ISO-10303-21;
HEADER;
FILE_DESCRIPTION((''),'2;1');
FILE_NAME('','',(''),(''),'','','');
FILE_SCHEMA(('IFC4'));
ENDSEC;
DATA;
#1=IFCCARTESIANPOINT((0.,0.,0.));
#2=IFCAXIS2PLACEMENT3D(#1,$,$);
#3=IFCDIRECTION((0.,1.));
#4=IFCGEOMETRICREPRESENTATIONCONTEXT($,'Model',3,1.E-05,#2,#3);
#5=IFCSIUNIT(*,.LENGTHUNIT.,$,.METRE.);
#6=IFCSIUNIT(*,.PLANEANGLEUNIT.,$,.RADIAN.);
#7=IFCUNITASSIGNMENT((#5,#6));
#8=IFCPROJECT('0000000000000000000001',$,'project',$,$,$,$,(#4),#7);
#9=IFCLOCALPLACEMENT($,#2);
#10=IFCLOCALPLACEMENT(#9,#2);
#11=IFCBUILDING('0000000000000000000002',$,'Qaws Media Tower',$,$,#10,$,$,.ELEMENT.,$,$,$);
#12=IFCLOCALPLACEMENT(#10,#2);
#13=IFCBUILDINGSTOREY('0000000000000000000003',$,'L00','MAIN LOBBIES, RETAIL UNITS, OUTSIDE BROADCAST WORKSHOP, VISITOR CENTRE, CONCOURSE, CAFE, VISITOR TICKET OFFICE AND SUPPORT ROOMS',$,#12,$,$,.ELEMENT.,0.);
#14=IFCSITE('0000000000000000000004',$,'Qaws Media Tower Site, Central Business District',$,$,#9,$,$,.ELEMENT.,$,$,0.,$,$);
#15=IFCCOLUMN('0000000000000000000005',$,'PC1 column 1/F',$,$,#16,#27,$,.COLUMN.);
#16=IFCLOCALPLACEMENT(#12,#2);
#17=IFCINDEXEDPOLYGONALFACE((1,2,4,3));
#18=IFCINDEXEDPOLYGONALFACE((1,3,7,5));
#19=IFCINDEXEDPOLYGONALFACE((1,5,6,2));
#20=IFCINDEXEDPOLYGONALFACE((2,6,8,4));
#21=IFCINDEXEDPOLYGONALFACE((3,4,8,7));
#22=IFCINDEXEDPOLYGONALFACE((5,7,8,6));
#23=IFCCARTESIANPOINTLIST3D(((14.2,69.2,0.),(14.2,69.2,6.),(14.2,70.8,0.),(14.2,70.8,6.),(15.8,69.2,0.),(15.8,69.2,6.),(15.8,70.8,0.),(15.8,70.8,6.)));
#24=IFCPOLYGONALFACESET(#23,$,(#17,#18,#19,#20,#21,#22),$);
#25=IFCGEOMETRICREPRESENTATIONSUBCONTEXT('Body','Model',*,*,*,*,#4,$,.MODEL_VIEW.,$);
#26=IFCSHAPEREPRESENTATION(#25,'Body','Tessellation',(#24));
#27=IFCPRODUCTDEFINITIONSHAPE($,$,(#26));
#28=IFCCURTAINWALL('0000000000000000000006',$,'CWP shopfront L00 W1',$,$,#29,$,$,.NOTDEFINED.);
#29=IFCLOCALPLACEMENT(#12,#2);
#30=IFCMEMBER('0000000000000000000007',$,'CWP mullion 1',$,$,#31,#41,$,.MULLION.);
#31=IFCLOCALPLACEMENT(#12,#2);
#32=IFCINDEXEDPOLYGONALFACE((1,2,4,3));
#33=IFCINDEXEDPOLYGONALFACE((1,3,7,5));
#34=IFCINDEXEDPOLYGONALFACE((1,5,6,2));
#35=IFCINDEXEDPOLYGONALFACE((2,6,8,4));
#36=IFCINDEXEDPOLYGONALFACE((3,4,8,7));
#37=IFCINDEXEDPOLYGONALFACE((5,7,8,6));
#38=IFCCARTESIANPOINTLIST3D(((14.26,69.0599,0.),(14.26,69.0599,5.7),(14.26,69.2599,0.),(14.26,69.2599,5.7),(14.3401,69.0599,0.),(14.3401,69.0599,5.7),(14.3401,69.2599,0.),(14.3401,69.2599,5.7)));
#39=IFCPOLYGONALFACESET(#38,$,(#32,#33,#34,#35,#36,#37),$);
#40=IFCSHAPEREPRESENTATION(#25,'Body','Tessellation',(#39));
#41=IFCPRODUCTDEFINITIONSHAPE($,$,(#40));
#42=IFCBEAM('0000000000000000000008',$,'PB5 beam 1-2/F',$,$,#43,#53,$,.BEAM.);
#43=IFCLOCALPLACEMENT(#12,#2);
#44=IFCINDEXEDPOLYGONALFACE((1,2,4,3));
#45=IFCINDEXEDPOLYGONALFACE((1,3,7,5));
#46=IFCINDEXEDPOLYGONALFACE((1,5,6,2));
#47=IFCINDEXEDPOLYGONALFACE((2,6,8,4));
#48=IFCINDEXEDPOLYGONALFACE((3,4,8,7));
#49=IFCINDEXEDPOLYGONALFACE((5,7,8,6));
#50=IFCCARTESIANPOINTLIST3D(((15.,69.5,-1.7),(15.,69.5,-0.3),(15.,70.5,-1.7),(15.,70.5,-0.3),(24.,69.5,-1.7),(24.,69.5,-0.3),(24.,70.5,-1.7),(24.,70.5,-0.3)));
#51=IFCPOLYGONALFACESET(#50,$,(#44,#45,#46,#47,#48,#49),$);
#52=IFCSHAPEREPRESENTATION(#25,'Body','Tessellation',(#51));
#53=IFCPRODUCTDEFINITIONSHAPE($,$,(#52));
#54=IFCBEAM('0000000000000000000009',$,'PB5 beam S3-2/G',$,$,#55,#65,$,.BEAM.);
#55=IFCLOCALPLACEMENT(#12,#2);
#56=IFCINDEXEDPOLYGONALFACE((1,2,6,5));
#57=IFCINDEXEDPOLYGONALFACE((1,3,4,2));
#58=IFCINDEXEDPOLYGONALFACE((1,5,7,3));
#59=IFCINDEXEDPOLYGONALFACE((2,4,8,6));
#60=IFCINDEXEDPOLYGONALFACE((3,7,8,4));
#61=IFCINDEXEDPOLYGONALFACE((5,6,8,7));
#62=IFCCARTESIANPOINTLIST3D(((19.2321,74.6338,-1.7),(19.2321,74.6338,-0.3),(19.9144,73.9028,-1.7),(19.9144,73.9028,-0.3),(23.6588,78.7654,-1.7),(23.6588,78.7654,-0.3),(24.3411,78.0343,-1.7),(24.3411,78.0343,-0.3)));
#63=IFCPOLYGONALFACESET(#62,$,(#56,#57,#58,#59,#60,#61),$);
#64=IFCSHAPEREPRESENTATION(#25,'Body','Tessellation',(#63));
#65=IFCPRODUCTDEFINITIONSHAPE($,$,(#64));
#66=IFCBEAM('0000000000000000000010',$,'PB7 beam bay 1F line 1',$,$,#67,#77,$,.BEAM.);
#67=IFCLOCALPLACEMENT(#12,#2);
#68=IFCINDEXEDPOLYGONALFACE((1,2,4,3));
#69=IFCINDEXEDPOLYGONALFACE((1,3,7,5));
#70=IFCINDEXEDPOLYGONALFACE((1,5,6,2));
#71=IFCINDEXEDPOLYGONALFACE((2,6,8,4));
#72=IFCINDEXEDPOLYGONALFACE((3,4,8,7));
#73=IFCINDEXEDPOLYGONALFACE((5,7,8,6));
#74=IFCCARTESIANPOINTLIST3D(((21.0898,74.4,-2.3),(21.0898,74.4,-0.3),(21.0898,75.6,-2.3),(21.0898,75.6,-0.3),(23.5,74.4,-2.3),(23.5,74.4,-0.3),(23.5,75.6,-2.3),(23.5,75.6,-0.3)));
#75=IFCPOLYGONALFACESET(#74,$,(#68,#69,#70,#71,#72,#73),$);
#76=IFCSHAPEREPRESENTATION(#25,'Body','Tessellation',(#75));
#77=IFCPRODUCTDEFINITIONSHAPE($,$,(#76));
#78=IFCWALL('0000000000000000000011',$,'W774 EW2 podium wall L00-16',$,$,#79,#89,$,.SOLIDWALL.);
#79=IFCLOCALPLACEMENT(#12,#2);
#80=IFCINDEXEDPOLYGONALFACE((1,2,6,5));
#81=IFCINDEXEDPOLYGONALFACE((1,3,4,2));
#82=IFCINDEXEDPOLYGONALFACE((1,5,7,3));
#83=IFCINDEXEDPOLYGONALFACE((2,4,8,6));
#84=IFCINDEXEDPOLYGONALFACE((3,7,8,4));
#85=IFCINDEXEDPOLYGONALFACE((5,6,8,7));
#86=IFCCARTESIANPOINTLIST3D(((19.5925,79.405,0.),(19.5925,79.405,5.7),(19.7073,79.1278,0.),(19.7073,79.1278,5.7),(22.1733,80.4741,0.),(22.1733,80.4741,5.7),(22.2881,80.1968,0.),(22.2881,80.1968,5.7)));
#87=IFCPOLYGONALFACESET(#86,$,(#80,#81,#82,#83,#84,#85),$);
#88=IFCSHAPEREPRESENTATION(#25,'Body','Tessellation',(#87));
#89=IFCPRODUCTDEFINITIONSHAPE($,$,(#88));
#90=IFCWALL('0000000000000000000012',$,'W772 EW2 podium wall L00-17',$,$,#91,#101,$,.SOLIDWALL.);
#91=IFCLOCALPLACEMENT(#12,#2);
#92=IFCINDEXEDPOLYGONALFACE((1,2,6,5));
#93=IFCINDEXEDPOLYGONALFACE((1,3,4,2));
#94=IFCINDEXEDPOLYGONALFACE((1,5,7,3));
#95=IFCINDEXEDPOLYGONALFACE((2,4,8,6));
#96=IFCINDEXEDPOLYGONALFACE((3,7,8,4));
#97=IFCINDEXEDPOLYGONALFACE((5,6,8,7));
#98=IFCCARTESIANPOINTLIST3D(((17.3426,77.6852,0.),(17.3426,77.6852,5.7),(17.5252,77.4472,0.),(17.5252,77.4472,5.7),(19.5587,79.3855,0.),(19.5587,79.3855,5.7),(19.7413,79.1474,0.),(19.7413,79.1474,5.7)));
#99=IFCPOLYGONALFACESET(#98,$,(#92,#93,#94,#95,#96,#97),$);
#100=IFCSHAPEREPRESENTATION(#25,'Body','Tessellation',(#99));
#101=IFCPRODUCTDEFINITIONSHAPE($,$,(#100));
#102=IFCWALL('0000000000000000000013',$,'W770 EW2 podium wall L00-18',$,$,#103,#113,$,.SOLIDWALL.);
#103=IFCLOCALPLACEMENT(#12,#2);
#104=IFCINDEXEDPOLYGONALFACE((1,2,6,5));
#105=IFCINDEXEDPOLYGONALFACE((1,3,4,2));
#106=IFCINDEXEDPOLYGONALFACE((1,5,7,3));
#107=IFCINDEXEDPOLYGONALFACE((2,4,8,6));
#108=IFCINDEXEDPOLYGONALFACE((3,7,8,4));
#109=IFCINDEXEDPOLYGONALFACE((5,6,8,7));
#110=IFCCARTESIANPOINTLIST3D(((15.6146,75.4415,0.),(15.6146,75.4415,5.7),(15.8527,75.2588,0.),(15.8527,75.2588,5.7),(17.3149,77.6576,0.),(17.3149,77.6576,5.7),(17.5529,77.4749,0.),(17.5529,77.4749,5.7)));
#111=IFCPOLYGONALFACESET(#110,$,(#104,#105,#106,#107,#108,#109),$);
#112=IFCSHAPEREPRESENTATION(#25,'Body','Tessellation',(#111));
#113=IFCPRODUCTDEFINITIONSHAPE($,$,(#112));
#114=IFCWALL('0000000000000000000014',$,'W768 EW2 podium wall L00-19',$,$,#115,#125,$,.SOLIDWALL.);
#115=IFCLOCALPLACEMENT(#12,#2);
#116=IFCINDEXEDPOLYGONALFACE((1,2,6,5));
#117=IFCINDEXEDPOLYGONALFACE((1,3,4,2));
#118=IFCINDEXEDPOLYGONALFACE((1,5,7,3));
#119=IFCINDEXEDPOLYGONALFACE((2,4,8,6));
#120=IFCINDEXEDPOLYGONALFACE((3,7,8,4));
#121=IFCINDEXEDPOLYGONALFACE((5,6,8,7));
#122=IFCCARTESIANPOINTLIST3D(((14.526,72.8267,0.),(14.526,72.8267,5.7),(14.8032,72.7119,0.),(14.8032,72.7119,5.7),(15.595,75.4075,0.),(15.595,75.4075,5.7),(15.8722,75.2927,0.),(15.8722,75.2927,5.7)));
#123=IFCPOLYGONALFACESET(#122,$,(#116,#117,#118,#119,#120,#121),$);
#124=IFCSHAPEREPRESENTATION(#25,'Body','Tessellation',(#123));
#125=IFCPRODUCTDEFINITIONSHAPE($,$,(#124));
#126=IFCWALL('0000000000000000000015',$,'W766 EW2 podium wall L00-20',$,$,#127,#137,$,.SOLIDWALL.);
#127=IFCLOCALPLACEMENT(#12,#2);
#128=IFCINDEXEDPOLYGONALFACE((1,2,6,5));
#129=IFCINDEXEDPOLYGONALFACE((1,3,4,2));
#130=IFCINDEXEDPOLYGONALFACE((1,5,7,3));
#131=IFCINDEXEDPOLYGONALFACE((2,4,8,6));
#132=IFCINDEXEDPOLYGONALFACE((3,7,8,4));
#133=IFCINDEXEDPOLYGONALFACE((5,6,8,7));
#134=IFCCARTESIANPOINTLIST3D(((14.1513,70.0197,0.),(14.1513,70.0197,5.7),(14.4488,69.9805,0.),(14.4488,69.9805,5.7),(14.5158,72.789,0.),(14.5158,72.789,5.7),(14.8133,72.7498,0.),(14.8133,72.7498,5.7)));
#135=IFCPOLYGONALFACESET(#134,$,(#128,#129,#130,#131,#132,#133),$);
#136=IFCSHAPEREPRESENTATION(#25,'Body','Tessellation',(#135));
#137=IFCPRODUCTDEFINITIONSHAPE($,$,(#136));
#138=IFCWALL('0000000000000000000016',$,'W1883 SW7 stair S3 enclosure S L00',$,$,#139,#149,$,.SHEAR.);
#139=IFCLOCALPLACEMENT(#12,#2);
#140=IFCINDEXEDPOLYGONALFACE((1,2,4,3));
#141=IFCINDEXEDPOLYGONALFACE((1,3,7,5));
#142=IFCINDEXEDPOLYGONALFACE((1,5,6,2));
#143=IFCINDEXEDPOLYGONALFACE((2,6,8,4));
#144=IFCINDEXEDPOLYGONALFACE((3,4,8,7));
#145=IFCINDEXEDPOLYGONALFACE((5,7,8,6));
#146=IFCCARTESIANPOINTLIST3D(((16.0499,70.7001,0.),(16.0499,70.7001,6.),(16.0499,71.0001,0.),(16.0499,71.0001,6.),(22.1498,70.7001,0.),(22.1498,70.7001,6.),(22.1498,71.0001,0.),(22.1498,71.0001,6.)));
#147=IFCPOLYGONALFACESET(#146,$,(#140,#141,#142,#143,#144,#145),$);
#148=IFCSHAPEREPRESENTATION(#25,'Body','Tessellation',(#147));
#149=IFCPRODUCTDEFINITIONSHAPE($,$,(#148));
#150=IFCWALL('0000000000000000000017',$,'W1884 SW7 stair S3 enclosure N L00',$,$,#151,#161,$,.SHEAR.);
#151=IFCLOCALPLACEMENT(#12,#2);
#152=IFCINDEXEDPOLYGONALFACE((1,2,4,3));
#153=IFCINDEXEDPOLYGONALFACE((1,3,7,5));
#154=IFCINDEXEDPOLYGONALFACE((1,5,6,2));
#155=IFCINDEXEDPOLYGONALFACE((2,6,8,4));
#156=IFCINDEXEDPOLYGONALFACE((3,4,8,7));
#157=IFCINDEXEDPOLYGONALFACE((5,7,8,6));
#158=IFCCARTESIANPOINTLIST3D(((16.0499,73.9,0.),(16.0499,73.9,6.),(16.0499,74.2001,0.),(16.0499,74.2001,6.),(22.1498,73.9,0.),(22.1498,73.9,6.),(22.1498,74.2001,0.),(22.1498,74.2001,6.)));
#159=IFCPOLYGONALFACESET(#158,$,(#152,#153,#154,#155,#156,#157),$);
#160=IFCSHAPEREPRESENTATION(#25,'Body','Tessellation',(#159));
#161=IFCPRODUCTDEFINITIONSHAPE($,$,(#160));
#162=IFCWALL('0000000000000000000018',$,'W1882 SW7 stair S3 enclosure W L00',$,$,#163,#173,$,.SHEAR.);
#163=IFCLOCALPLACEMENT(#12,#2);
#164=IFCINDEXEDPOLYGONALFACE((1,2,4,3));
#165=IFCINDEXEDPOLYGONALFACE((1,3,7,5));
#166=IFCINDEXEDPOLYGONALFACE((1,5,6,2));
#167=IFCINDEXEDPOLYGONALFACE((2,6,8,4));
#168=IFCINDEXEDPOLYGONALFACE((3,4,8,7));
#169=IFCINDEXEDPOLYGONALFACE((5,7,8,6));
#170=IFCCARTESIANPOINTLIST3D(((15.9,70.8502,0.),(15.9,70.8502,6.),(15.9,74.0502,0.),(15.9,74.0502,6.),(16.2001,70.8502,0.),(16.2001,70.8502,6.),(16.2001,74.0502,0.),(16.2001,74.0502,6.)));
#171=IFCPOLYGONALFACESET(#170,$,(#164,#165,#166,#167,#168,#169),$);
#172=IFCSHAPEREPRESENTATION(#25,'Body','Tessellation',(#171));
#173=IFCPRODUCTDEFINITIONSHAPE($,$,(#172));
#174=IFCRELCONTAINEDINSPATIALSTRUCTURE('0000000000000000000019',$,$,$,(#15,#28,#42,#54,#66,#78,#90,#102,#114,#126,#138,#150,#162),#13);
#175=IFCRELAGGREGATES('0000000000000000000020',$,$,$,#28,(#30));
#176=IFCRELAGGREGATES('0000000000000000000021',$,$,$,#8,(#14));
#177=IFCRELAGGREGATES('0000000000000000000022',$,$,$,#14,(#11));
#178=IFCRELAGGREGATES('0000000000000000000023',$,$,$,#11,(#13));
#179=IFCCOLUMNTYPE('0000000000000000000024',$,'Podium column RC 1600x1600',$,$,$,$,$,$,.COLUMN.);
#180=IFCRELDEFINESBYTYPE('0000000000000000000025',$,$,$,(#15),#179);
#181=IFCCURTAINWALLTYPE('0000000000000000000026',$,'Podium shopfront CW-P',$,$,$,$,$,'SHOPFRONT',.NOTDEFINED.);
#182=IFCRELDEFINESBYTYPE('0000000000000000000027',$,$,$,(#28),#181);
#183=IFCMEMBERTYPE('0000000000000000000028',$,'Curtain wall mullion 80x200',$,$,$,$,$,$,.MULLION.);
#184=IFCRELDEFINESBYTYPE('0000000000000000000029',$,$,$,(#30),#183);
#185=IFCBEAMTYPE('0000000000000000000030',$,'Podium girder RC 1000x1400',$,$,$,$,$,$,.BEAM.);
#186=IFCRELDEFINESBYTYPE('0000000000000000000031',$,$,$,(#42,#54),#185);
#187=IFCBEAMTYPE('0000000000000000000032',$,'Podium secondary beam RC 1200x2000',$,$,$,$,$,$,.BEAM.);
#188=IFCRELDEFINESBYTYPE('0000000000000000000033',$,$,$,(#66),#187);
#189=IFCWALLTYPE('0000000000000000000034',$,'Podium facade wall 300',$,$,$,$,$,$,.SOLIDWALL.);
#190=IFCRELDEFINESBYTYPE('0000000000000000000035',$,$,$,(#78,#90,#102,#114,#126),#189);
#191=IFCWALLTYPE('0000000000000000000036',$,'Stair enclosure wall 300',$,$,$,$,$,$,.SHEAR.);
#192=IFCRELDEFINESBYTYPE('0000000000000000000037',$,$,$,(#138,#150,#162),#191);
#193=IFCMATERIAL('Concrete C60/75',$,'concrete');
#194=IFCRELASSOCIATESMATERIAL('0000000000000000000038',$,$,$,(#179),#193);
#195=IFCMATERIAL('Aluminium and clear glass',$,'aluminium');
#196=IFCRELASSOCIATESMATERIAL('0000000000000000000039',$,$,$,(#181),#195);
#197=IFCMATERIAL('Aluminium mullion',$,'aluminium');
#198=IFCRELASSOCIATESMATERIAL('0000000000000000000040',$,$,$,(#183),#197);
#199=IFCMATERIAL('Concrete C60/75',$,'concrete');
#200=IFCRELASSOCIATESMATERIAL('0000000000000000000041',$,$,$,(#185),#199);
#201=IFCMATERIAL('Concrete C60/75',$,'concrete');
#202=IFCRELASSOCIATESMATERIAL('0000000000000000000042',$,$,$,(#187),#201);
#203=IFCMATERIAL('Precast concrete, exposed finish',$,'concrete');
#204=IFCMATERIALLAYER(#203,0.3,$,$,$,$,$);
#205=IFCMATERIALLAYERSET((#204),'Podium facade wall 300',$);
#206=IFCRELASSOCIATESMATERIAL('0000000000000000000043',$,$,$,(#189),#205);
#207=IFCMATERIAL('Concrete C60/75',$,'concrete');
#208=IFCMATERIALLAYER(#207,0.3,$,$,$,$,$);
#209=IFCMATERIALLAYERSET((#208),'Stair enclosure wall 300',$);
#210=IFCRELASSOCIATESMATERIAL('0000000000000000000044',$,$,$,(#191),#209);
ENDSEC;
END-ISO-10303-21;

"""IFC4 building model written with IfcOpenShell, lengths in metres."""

from ifc_helpers import new_model, si_unit, direction, frame, frame_2d, origin, origin_2d, place, context, subcontext, project, spatial, rectangle, extrude, material, layer, layer_set, material_profile, profile_set, type_object, element, aggregate, save


model = new_model("IFC4")

# Units and contexts
model_context = context("Model", 3, precision=1e-05, world=origin(), true_north=direction((0.0, 1.0)))
body_context = subcontext(model_context, "Body", "Model", "MODEL_VIEW")
ifc_project = project(units=[si_unit("LENGTHUNIT", "METRE"), si_unit("PLANEANGLEUNIT", "RADIAN")], contexts=[model_context])

# Site, building, storey
site_placement = place(None, origin())
site = spatial("IfcSite", under=ifc_project, at=site_placement, Name="Qaws Media Tower Site, Central Business District", CompositionType="ELEMENT", RefElevation=0.0)
building_placement = place(site_placement, origin())
building = spatial("IfcBuilding", under=site, at=building_placement, Name="Qaws Media Tower", CompositionType="ELEMENT")
storey_placement = place(building_placement, origin())
storey = spatial("IfcBuildingStorey", under=building, at=storey_placement, Name="L00", Description="MAIN LOBBIES, RETAIL UNITS, OUTSIDE BROADCAST WORKSHOP, VISITOR CENTRE, CONCOURSE, CAFE, VISITOR TICKET OFFICE AND SUPPORT ROOMS", CompositionType="ELEMENT", Elevation=0.0)

# Column
ifc_material_1 = material(Name="Concrete C60/75", Category="concrete")
ifc_material_profile_1 = material_profile(ifc_material_1, rectangle(XDim=1.6001, YDim=1.6001, at=origin_2d()), Name="RC 1600x1600")
ifc_profile_set_1 = profile_set([ifc_material_profile_1], Name="Concrete C60/75")
column_type = type_object("IfcColumnType", Name="Podium column RC 1600x1600", PredefinedType="COLUMN", material=ifc_profile_set_1)
column_placement = place(storey_placement, frame((15.0, 70.0, 0.0), z_axis=(0.0, 0.0, 1.0), x_axis=(1.0, 0.0, 0.0)))
element("IfcColumn", 1, at=column_placement, inside=storey, type_object=column_type, Name="PC1 column 1/F", PredefinedType="COLUMN", context=body_context, shape_type="SweptSolid", body=[
    extrude(rectangle(XDim=1.6001, YDim=1.6001, at=origin_2d()), origin(), (0.0, 0.0, 1.0), 6.0),
])

# Curtain wall, member
ifc_material_2 = material(Name="Aluminium and clear glass", Category="aluminium")
curtain_wall_type = type_object("IfcCurtainWallType", Name="Podium shopfront CW-P", ElementType="SHOPFRONT", PredefinedType="NOTDEFINED", material=ifc_material_2)
curtain_wall_placement = place(storey_placement, origin())
curtain_wall = element("IfcCurtainWall", 2, at=curtain_wall_placement, inside=storey, type_object=curtain_wall_type, Name="CWP shopfront L00 W1", PredefinedType="NOTDEFINED")
ifc_material_3 = material(Name="Aluminium mullion", Category="aluminium")
ifc_material_profile_2 = material_profile(ifc_material_3, rectangle(XDim=0.0801, YDim=0.2, at=origin_2d()), Name="80x200")
ifc_profile_set_2 = profile_set([ifc_material_profile_2], Name="Aluminium mullion")
member_type = type_object("IfcMemberType", Name="Curtain wall mullion 80x200", PredefinedType="MULLION", material=ifc_profile_set_2)
member_placement = place(storey_placement, frame((14.3, 69.1599, 0.0), z_axis=(0.0, 0.0, 1.0), x_axis=(1.0, 0.0, 0.0)))
member = element("IfcMember", 3, at=member_placement, type_object=member_type, Name="CWP mullion 1", PredefinedType="MULLION", context=body_context, shape_type="SweptSolid", body=[
    extrude(rectangle(XDim=0.0801, YDim=0.2, at=origin_2d()), origin(), (0.0, 0.0, 1.0), 5.7),
])
aggregate(curtain_wall, [member])

# Beams
ifc_material_4 = material(Name="Concrete C60/75", Category="concrete")
ifc_material_profile_3 = material_profile(ifc_material_4, rectangle(XDim=1.0, YDim=1.3999, at=origin_2d()), Name="RC 1000x1400")
ifc_profile_set_3 = profile_set([ifc_material_profile_3], Name="Concrete C60/75")
beam_type_1 = type_object("IfcBeamType", Name="Podium girder RC 1000x1400", PredefinedType="BEAM", material=ifc_profile_set_3)
beam_1_placement = place(storey_placement, frame((15.0, 70.0, -1.0), z_axis=(1.0, 0.0, 0.0), x_axis=(0.0, 1.0, 0.0)))
element("IfcBeam", 4, at=beam_1_placement, inside=storey, type_object=beam_type_1, Name="PB5 beam 1-2/F", PredefinedType="BEAM", context=body_context, shape_type="SweptSolid", body=[
    extrude(rectangle(XDim=1.0, YDim=1.3999, at=origin_2d()), origin(), (0.0, 0.0, 1.0), 9.0),
])
beam_2_placement = place(storey_placement, frame((19.5732, 74.2683, -1.0), z_axis=(0.731059, 0.682314, 0.0), x_axis=(-0.682314, 0.731059, 0.0)))
element("IfcBeam", 5, at=beam_2_placement, inside=storey, type_object=beam_type_1, Name="PB5 beam S3-2/G", PredefinedType="BEAM", context=body_context, shape_type="SweptSolid", body=[
    extrude(rectangle(XDim=1.0, YDim=1.3999, at=origin_2d()), origin(), (0.0, 0.0, 1.0), 6.0552),
])
ifc_material_5 = material(Name="Concrete C60/75", Category="concrete")
ifc_material_profile_4 = material_profile(ifc_material_5, rectangle(XDim=1.2, YDim=2.0, at=origin_2d()), Name="RC 1200x2000")
ifc_profile_set_4 = profile_set([ifc_material_profile_4], Name="Concrete C60/75")
beam_type_2 = type_object("IfcBeamType", Name="Podium secondary beam RC 1200x2000", PredefinedType="BEAM", material=ifc_profile_set_4)
beam_3_placement = place(storey_placement, frame((21.0898, 75.0, -1.3), z_axis=(1.0, 0.0, 0.0), x_axis=(0.0, 1.0, 0.0)))
element("IfcBeam", 6, at=beam_3_placement, inside=storey, type_object=beam_type_2, Name="PB7 beam bay 1F line 1", PredefinedType="BEAM", context=body_context, shape_type="SweptSolid", body=[
    extrude(rectangle(XDim=1.2, YDim=2.0, at=origin_2d()), origin(), (0.0, 0.0, 1.0), 2.4102),
])

# Walls
ifc_material_6 = material(Name="Precast concrete, exposed finish", Category="concrete")
ifc_layer_1 = layer(ifc_material_6, 0.3)
ifc_layer_set_1 = layer_set([ifc_layer_1], Name="Podium facade wall 300")
wall_type_1 = type_object("IfcWallType", Name="Podium facade wall 300", PredefinedType="SOLIDWALL", material=ifc_layer_set_1)
wall_1_placement = place(storey_placement, frame((22.2307, 80.3354, 0.0), z_axis=(0.0, 0.0, 1.0), x_axis=(-0.923869, -0.382709, 0.0)))
element("IfcWall", 7, at=wall_1_placement, inside=storey, type_object=wall_type_1, Name="W774 EW2 podium wall L00-16", PredefinedType="SOLIDWALL", context=body_context, shape_type="SweptSolid", body=[
    extrude(rectangle(XDim=2.7935, YDim=0.3, at=frame_2d((1.3967, 0.0))), origin(), (0.0, 0.0, 1.0), 5.7),
])
for number, where, z_axis, x_axis, name in (
    (8, (19.6499, 79.2664, 0.0), (0.0, 0.0, 1.0), (-0.793397, -0.608705, 0.0), "W772 EW2 podium wall L00-17"),
    (9, (17.4338, 77.5662, 0.0), (0.0, 0.0, 1.0), (-0.608705, -0.793397, 0.0), "W770 EW2 podium wall L00-18"),
):
    element("IfcWall", number, at=place(storey_placement, frame(where, z_axis=z_axis, x_axis=x_axis)), inside=storey, type_object=wall_type_1, Name=name, PredefinedType="SOLIDWALL", context=body_context, shape_type="SweptSolid", body=[
        extrude(rectangle(XDim=2.7932, YDim=0.3, at=frame_2d((1.3965, 0.0))), origin(), (0.0, 0.0, 1.0), 5.7),
    ])
wall_2_placement = place(storey_placement, frame((15.7336, 75.3501, 0.0), z_axis=(0.0, 0.0, 1.0), x_axis=(-0.382709, -0.923869, 0.0)))
element("IfcWall", 10, at=wall_2_placement, inside=storey, type_object=wall_type_1, Name="W768 EW2 podium wall L00-19", PredefinedType="SOLIDWALL", context=body_context, shape_type="SweptSolid", body=[
    extrude(rectangle(XDim=2.7935, YDim=0.3, at=frame_2d((1.3967, 0.0))), origin(), (0.0, 0.0, 1.0), 5.7),
])
wall_3_placement = place(storey_placement, frame((14.6646, 72.7693, 0.0), z_axis=(0.0, 0.0, 1.0), x_axis=(-0.130497, -0.991449, 0.0)))
element("IfcWall", 11, at=wall_3_placement, inside=storey, type_object=wall_type_1, Name="W766 EW2 podium wall L00-20", PredefinedType="SOLIDWALL", context=body_context, shape_type="SweptSolid", body=[
    extrude(rectangle(XDim=2.7932, YDim=0.3, at=frame_2d((1.3965, 0.0))), origin(), (0.0, 0.0, 1.0), 5.7),
])
ifc_material_7 = material(Name="Concrete C60/75", Category="concrete")
ifc_layer_2 = layer(ifc_material_7, 0.3)
ifc_layer_set_2 = layer_set([ifc_layer_2], Name="Stair enclosure wall 300")
wall_type_2 = type_object("IfcWallType", Name="Stair enclosure wall 300", PredefinedType="SHEAR", material=ifc_layer_set_2)
for number, where, z_axis, x_axis, name in (
    (12, (16.05, 70.8501, 0.0), (0.0, 0.0, 1.0), (1.0, 0.0, 0.0), "W1883 SW7 stair S3 enclosure S L00"),
    (13, (16.05, 74.05, 0.0), (0.0, 0.0, 1.0), (1.0, 0.0, 0.0), "W1884 SW7 stair S3 enclosure N L00"),
):
    element("IfcWall", number, at=place(storey_placement, frame(where, z_axis=z_axis, x_axis=x_axis)), inside=storey, type_object=wall_type_2, Name=name, PredefinedType="SHEAR", context=body_context, shape_type="SweptSolid", body=[
        extrude(rectangle(XDim=6.0999, YDim=0.3, at=frame_2d((3.0498, 0.0))), origin(), (0.0, 0.0, 1.0), 6.0),
    ])
wall_4_placement = place(storey_placement, frame((16.05, 70.8501, 0.0), z_axis=(0.0, 0.0, 1.0), x_axis=(0.0, 1.0, 0.0)))
element("IfcWall", 14, at=wall_4_placement, inside=storey, type_object=wall_type_2, Name="W1882 SW7 stair S3 enclosure W L00", PredefinedType="SHEAR", context=body_context, shape_type="SweptSolid", body=[
    extrude(rectangle(XDim=3.2, YDim=0.3, at=frame_2d((1.6001, 0.0))), origin(), (0.0, 0.0, 1.0), 6.0),
])

save(model, "model.ifc")
